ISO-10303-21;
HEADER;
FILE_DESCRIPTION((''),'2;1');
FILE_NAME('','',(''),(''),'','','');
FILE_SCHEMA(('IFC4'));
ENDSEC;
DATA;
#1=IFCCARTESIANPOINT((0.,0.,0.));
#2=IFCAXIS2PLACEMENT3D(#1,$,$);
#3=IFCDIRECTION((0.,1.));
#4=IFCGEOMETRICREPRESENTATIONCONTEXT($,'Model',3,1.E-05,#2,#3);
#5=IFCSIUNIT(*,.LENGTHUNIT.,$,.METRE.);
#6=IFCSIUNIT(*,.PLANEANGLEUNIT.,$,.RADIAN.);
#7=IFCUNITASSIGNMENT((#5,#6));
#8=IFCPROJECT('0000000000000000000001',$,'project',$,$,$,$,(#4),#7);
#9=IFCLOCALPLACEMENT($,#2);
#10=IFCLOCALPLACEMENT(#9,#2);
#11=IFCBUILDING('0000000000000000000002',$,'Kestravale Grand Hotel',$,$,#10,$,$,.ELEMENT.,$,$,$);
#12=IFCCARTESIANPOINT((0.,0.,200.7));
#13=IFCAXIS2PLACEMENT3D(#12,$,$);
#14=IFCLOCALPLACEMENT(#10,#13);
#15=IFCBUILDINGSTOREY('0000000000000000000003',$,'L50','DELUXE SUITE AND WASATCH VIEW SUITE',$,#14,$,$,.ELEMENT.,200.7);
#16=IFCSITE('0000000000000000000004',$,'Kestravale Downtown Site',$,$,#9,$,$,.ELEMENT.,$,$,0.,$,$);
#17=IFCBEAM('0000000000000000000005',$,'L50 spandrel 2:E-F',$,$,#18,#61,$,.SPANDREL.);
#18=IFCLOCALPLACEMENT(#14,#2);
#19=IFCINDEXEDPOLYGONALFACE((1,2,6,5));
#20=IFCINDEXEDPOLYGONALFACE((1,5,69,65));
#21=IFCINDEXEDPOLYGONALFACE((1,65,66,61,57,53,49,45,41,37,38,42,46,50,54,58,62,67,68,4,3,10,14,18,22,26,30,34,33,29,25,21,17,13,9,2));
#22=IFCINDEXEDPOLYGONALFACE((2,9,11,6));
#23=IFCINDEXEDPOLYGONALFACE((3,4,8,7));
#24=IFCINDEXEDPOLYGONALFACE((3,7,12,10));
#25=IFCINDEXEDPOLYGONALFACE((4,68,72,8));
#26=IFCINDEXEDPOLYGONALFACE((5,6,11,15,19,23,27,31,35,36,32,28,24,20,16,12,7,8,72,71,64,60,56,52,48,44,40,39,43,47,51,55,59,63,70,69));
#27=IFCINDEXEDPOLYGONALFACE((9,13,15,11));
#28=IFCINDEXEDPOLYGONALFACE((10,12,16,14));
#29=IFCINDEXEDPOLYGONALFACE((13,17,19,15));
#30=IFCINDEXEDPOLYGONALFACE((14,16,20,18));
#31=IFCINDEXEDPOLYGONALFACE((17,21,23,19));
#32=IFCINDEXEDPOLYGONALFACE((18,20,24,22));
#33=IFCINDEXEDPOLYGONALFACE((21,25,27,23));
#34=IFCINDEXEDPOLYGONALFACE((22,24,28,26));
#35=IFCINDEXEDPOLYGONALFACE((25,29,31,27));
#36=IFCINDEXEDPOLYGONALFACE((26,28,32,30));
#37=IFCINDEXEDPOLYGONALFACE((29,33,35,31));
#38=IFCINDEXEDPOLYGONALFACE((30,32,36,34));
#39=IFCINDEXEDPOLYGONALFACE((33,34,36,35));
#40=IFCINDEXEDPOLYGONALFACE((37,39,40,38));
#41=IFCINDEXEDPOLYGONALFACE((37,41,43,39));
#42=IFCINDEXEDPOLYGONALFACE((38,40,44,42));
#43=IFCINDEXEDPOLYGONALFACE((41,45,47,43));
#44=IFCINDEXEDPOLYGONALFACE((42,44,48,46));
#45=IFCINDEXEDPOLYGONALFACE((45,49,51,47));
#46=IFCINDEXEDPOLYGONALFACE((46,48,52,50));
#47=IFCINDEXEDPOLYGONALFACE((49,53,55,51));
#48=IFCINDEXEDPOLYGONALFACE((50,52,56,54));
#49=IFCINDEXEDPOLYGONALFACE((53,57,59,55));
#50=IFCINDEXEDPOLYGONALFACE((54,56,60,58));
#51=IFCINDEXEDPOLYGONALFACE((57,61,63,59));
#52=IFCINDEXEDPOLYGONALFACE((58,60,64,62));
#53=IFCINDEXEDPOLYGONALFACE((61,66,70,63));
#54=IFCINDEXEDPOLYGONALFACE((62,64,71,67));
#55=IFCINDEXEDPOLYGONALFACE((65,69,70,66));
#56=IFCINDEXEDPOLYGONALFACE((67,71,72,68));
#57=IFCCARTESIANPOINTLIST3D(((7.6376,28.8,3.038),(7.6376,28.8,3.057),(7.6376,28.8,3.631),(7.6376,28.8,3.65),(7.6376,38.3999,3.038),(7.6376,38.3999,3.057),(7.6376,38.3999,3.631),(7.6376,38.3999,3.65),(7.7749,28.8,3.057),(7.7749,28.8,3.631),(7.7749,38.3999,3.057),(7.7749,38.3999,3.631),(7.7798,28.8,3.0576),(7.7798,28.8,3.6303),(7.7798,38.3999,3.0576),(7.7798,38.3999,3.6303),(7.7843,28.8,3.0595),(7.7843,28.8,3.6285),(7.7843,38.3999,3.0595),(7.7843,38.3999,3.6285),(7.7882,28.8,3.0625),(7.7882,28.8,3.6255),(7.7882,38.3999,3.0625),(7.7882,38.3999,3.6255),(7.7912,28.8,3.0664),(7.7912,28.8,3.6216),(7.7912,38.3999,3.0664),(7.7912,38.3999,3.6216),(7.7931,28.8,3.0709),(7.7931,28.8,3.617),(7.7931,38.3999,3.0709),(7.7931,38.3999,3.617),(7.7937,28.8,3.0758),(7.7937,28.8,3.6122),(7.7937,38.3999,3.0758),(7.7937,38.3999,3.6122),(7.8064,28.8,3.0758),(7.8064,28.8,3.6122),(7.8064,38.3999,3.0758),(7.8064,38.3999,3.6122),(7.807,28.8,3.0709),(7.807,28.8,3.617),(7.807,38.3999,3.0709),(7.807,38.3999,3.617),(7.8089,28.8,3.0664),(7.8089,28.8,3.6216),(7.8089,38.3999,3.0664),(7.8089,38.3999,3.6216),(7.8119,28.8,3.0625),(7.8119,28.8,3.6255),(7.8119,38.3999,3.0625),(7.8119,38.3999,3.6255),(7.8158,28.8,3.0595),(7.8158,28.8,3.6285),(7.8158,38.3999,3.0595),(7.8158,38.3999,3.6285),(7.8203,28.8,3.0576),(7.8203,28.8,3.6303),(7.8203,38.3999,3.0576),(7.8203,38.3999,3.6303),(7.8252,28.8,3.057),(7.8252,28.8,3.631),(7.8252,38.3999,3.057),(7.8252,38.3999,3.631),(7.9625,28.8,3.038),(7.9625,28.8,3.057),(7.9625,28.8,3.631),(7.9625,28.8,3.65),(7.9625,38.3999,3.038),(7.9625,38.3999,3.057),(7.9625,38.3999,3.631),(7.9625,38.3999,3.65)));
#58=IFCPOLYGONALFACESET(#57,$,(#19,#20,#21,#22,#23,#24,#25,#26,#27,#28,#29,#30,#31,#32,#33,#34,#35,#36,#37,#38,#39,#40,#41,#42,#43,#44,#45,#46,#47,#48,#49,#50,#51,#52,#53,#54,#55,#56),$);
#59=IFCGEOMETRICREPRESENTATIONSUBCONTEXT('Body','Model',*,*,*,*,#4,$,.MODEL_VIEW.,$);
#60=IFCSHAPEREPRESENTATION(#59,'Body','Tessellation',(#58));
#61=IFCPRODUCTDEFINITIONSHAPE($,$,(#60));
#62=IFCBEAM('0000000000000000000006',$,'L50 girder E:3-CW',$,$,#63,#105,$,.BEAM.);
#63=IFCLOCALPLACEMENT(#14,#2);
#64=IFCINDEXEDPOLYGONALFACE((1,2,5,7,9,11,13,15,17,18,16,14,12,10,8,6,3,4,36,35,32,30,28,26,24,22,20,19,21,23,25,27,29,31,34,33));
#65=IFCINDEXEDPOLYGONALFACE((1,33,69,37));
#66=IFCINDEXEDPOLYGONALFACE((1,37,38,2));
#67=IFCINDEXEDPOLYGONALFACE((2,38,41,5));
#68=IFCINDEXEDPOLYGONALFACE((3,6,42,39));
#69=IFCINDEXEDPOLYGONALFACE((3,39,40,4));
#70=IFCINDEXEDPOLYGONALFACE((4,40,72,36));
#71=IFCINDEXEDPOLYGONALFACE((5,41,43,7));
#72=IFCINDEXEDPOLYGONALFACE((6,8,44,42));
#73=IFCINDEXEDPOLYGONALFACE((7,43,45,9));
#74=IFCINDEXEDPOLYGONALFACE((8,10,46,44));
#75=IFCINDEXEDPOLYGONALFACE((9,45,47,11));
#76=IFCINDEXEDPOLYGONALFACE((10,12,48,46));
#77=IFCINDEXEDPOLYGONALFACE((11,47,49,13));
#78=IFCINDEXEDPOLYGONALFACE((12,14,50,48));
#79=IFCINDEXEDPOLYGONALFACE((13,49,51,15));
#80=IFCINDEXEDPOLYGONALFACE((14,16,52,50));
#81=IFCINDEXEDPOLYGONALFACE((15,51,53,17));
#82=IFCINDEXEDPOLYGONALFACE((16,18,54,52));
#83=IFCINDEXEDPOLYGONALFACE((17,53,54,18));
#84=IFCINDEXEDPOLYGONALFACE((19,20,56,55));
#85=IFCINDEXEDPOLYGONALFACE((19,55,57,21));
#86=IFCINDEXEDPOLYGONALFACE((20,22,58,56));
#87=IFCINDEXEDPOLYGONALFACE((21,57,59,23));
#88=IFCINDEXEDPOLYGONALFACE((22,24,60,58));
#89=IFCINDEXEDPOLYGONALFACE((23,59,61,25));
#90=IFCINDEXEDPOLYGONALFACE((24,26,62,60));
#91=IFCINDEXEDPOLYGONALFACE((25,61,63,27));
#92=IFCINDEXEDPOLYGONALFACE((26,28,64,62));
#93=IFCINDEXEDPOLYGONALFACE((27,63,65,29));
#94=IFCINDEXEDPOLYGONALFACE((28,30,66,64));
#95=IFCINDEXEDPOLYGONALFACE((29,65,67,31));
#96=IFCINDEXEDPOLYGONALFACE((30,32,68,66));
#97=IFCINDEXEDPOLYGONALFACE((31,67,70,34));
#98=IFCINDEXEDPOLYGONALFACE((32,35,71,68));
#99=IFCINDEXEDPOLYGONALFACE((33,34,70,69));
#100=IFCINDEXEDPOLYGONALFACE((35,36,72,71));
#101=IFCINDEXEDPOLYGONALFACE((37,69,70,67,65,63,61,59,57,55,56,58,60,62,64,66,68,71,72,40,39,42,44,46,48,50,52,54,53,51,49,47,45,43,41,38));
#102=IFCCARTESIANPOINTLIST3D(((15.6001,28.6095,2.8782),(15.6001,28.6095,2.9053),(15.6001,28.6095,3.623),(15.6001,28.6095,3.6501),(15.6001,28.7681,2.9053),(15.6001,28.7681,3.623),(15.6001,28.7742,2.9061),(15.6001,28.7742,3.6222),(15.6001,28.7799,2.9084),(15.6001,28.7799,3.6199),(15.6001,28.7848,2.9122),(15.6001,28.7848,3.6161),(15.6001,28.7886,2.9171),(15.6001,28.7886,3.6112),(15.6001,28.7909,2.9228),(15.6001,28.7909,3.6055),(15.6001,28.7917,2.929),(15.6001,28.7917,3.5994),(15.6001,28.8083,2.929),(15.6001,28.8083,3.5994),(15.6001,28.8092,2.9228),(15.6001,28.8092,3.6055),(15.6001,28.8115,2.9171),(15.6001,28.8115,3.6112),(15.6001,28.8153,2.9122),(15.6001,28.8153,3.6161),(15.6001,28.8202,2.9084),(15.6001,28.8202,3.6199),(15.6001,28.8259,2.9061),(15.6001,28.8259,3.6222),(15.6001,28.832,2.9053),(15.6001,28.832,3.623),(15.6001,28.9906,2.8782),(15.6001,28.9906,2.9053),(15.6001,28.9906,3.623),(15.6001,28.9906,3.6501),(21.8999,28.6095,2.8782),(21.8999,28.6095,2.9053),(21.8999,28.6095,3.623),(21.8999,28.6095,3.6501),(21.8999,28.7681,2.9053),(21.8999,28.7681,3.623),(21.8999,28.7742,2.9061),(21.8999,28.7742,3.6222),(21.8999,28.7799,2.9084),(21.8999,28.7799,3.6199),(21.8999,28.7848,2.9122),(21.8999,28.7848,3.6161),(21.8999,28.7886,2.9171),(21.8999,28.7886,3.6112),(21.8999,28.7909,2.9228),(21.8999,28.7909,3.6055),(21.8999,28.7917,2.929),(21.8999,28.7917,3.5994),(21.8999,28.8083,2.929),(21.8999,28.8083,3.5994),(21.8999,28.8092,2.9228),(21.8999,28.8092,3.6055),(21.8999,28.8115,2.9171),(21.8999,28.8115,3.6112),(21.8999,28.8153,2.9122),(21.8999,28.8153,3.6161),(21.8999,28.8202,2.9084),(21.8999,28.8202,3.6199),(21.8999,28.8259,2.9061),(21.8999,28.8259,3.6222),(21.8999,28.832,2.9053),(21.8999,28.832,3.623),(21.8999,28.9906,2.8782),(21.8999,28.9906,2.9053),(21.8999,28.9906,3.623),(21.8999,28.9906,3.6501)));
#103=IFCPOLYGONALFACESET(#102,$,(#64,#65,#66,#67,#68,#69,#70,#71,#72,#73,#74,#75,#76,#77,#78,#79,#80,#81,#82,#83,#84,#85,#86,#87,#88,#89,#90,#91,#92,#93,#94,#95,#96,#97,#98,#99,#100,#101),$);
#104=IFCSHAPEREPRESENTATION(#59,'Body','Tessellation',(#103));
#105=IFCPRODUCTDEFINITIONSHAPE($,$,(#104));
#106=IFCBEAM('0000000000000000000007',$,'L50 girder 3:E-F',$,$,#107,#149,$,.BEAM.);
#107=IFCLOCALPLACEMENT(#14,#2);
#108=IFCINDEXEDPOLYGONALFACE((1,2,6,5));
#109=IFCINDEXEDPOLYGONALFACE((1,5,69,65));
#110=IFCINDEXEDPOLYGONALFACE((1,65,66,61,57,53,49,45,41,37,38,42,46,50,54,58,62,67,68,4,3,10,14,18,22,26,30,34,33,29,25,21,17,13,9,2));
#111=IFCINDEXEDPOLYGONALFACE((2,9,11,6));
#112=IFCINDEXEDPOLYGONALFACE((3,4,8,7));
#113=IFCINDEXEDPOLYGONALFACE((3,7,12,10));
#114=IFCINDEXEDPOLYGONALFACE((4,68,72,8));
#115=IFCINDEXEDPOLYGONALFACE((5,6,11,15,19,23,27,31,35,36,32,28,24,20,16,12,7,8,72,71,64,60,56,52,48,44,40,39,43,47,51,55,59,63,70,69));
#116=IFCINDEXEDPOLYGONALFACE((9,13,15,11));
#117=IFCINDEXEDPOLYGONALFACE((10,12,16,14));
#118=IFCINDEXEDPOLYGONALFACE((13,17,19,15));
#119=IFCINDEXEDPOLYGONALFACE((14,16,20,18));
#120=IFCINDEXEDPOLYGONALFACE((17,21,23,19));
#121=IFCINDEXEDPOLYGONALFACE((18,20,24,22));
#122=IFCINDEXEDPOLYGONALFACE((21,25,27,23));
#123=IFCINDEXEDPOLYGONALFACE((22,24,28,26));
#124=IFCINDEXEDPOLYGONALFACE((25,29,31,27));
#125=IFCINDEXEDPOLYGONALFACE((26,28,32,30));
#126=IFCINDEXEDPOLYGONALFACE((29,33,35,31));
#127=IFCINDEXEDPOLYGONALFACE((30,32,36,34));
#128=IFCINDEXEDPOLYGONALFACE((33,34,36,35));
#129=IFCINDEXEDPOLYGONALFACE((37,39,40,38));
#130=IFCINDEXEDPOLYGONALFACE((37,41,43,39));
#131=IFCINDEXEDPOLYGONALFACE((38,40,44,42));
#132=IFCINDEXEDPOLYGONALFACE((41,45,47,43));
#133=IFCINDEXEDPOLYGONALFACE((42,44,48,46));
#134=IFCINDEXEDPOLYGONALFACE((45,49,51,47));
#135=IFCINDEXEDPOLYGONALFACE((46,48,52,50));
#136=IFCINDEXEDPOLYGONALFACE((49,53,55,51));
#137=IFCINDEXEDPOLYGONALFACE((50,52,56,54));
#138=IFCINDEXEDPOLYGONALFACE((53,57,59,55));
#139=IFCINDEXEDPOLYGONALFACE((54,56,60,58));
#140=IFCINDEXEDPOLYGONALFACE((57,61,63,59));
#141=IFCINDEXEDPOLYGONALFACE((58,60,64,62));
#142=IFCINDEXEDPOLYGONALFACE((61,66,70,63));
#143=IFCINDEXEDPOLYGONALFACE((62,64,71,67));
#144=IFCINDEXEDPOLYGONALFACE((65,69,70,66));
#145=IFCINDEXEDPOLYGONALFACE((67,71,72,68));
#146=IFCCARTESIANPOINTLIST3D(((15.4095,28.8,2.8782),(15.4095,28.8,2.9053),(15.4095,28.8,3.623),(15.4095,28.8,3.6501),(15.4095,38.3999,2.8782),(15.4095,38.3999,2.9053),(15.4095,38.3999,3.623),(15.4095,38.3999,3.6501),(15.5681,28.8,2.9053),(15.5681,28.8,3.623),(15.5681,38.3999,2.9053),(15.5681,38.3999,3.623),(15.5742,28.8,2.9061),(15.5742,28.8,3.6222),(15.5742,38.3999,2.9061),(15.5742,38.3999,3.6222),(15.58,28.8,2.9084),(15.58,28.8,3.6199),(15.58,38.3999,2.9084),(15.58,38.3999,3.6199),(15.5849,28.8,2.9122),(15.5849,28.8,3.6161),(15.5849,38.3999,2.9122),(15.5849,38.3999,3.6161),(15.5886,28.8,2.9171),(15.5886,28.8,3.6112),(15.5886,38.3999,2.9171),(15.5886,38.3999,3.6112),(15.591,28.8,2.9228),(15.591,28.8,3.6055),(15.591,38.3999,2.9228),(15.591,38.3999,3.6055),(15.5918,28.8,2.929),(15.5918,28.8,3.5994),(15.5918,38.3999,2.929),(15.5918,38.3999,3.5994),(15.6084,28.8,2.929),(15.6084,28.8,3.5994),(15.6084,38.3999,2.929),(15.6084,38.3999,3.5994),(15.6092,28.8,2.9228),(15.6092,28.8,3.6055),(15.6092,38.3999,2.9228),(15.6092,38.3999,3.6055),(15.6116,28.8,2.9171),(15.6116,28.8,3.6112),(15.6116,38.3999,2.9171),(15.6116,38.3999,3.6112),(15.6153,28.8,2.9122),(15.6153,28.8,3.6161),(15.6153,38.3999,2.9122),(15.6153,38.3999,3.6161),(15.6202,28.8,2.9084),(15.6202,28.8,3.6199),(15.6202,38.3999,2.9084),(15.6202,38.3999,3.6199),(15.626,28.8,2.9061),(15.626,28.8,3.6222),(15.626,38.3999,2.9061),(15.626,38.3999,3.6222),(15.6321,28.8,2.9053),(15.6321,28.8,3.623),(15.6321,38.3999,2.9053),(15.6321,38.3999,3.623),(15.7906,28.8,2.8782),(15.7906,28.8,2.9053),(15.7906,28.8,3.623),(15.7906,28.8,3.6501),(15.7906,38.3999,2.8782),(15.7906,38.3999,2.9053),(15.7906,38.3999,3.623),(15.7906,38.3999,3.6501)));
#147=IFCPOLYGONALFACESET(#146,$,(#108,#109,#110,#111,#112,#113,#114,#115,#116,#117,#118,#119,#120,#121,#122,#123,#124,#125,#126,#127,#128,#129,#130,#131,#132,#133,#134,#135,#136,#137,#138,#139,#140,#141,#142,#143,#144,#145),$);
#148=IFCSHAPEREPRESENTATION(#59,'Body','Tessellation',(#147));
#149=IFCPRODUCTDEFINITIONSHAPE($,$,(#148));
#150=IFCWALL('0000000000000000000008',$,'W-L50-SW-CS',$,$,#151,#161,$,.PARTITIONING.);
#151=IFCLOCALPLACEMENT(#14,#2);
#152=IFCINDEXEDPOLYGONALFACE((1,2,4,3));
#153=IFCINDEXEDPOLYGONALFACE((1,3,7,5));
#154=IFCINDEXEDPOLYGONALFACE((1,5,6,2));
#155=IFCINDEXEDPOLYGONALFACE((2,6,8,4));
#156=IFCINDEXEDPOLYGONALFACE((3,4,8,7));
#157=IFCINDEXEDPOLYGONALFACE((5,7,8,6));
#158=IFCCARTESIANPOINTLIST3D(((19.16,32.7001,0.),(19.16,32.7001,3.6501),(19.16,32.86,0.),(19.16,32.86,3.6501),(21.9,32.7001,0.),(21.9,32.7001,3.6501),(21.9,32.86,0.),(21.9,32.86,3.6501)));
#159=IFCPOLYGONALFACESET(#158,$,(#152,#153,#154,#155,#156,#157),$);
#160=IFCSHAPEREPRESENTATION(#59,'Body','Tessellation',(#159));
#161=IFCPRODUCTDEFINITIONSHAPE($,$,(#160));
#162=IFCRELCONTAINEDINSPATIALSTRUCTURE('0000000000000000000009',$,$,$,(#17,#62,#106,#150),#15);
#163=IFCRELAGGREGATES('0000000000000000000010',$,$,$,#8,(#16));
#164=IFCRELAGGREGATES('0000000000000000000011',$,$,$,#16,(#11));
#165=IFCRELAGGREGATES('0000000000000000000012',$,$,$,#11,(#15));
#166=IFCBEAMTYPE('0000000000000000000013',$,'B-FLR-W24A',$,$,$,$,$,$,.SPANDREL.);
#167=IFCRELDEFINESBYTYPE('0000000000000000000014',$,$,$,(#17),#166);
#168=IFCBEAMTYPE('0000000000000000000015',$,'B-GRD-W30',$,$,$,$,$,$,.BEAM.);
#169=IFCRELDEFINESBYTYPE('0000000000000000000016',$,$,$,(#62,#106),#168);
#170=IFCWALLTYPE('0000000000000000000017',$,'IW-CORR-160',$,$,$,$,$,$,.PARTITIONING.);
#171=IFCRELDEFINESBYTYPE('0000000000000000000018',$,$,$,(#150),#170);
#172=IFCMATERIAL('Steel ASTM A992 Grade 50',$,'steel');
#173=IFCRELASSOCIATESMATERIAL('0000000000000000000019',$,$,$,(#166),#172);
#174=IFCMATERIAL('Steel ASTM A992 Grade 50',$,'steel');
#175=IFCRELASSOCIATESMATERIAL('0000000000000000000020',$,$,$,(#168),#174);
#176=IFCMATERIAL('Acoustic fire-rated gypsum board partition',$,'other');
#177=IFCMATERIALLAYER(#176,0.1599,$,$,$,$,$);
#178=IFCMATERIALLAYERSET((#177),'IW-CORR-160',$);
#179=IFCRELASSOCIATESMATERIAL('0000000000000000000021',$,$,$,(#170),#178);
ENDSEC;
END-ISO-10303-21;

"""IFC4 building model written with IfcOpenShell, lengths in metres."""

from ifc_helpers import new_model, si_unit, direction, frame, frame_2d, origin, origin_2d, place, context, subcontext, project, spatial, rectangle, i_section, extrude, material, layer, layer_set, material_profile, profile_set, type_object, element, save


model = new_model("IFC4")

# Units and contexts
model_context = context("Model", 3, precision=1e-05, world=origin(), true_north=direction((0.0, 1.0)))
body_context = subcontext(model_context, "Body", "Model", "MODEL_VIEW")
ifc_project = project(units=[si_unit("LENGTHUNIT", "METRE"), si_unit("PLANEANGLEUNIT", "RADIAN")], contexts=[model_context])

# Site, building, storey
site_placement = place(None, origin())
site = spatial("IfcSite", under=ifc_project, at=site_placement, Name="Kestravale Downtown Site", CompositionType="ELEMENT", RefElevation=0.0)
building_placement = place(site_placement, origin())
building = spatial("IfcBuilding", under=site, at=building_placement, Name="Kestravale Grand Hotel", CompositionType="ELEMENT")
storey_placement = place(building_placement, frame((0.0, 0.0, 200.7)))
storey = spatial("IfcBuildingStorey", under=building, at=storey_placement, Name="L50", Description="DELUXE SUITE AND WASATCH VIEW SUITE", CompositionType="ELEMENT", Elevation=200.7)

# Beams
ifc_material_1 = material(Name="Steel ASTM A992 Grade 50", Category="steel")
ifc_material_profile_1 = material_profile(ifc_material_1, i_section(OverallWidth=0.325, OverallDepth=0.6121, WebThickness=0.0127, FlangeThickness=0.019, FilletRadius=0.0188, at=origin_2d()))
ifc_profile_set_1 = profile_set([ifc_material_profile_1], Name="Steel ASTM A992 Grade 50")
beam_type_1 = type_object("IfcBeamType", Name="B-FLR-W24A", PredefinedType="SPANDREL", material=ifc_profile_set_1)
beam_1_placement = place(storey_placement, frame((7.8, 28.8, 3.344), z_axis=(0.0, 1.0, 0.0), x_axis=(-1.0, 0.0, 0.0)))
element("IfcBeam", 1, at=beam_1_placement, inside=storey, type_object=beam_type_1, Name="L50 spandrel 2:E-F", PredefinedType="SPANDREL", context=body_context, shape_type="SweptSolid", body=[
    extrude(i_section(OverallWidth=0.325, OverallDepth=0.6121, WebThickness=0.0127, FlangeThickness=0.019, FilletRadius=0.0188, at=origin_2d()), origin(), (0.0, 0.0, 1.0), 9.5999),
])
ifc_material_2 = material(Name="Steel ASTM A992 Grade 50", Category="steel")
ifc_material_profile_2 = material_profile(ifc_material_2, i_section(OverallWidth=0.3811, OverallDepth=0.772, WebThickness=0.0166, FlangeThickness=0.0271, FilletRadius=0.0237, at=origin_2d()))
ifc_profile_set_2 = profile_set([ifc_material_profile_2], Name="Steel ASTM A992 Grade 50")
beam_type_2 = type_object("IfcBeamType", Name="B-GRD-W30", PredefinedType="BEAM", material=ifc_profile_set_2)
beam_2_placement = place(storey_placement, frame((15.6001, 28.8, 3.2642), z_axis=(1.0, 0.0, 0.0), x_axis=(0.0, 1.0, 0.0)))
element("IfcBeam", 2, at=beam_2_placement, inside=storey, type_object=beam_type_2, Name="L50 girder E:3-CW", PredefinedType="BEAM", context=body_context, shape_type="SweptSolid", body=[
    extrude(i_section(OverallWidth=0.3811, OverallDepth=0.772, WebThickness=0.0166, FlangeThickness=0.0271, FilletRadius=0.0237, at=origin_2d()), origin(), (0.0, 0.0, 1.0), 6.2998),
])
beam_3_placement = place(storey_placement, frame((15.6001, 28.8, 3.2642), z_axis=(0.0, 1.0, 0.0), x_axis=(-1.0, 0.0, 0.0)))
element("IfcBeam", 3, at=beam_3_placement, inside=storey, type_object=beam_type_2, Name="L50 girder 3:E-F", PredefinedType="BEAM", context=body_context, shape_type="SweptSolid", body=[
    extrude(i_section(OverallWidth=0.3811, OverallDepth=0.772, WebThickness=0.0166, FlangeThickness=0.0271, FilletRadius=0.0237, at=origin_2d()), origin(), (0.0, 0.0, 1.0), 9.5999),
])

# Wall
ifc_material_3 = material(Name="Acoustic fire-rated gypsum board partition", Category="other")
ifc_layer_1 = layer(ifc_material_3, 0.1599)
ifc_layer_set_1 = layer_set([ifc_layer_1], Name="IW-CORR-160")
wall_type_1 = type_object("IfcWallType", Name="IW-CORR-160", PredefinedType="PARTITIONING", material=ifc_layer_set_1)
wall_1_placement = place(storey_placement, frame((19.1599, 32.78, 0.0), z_axis=(0.0, 0.0, 1.0), x_axis=(1.0, 0.0, 0.0)))
element("IfcWall", 4, at=wall_1_placement, inside=storey, type_object=wall_type_1, Name="W-L50-SW-CS", PredefinedType="PARTITIONING", context=body_context, shape_type="SweptSolid", body=[
    extrude(rectangle(XDim=2.74, YDim=0.1599, at=frame_2d((1.3701, 0.0))), origin(), (0.0, 0.0, 1.0), 3.6501),
])

save(model, "model.ifc")
